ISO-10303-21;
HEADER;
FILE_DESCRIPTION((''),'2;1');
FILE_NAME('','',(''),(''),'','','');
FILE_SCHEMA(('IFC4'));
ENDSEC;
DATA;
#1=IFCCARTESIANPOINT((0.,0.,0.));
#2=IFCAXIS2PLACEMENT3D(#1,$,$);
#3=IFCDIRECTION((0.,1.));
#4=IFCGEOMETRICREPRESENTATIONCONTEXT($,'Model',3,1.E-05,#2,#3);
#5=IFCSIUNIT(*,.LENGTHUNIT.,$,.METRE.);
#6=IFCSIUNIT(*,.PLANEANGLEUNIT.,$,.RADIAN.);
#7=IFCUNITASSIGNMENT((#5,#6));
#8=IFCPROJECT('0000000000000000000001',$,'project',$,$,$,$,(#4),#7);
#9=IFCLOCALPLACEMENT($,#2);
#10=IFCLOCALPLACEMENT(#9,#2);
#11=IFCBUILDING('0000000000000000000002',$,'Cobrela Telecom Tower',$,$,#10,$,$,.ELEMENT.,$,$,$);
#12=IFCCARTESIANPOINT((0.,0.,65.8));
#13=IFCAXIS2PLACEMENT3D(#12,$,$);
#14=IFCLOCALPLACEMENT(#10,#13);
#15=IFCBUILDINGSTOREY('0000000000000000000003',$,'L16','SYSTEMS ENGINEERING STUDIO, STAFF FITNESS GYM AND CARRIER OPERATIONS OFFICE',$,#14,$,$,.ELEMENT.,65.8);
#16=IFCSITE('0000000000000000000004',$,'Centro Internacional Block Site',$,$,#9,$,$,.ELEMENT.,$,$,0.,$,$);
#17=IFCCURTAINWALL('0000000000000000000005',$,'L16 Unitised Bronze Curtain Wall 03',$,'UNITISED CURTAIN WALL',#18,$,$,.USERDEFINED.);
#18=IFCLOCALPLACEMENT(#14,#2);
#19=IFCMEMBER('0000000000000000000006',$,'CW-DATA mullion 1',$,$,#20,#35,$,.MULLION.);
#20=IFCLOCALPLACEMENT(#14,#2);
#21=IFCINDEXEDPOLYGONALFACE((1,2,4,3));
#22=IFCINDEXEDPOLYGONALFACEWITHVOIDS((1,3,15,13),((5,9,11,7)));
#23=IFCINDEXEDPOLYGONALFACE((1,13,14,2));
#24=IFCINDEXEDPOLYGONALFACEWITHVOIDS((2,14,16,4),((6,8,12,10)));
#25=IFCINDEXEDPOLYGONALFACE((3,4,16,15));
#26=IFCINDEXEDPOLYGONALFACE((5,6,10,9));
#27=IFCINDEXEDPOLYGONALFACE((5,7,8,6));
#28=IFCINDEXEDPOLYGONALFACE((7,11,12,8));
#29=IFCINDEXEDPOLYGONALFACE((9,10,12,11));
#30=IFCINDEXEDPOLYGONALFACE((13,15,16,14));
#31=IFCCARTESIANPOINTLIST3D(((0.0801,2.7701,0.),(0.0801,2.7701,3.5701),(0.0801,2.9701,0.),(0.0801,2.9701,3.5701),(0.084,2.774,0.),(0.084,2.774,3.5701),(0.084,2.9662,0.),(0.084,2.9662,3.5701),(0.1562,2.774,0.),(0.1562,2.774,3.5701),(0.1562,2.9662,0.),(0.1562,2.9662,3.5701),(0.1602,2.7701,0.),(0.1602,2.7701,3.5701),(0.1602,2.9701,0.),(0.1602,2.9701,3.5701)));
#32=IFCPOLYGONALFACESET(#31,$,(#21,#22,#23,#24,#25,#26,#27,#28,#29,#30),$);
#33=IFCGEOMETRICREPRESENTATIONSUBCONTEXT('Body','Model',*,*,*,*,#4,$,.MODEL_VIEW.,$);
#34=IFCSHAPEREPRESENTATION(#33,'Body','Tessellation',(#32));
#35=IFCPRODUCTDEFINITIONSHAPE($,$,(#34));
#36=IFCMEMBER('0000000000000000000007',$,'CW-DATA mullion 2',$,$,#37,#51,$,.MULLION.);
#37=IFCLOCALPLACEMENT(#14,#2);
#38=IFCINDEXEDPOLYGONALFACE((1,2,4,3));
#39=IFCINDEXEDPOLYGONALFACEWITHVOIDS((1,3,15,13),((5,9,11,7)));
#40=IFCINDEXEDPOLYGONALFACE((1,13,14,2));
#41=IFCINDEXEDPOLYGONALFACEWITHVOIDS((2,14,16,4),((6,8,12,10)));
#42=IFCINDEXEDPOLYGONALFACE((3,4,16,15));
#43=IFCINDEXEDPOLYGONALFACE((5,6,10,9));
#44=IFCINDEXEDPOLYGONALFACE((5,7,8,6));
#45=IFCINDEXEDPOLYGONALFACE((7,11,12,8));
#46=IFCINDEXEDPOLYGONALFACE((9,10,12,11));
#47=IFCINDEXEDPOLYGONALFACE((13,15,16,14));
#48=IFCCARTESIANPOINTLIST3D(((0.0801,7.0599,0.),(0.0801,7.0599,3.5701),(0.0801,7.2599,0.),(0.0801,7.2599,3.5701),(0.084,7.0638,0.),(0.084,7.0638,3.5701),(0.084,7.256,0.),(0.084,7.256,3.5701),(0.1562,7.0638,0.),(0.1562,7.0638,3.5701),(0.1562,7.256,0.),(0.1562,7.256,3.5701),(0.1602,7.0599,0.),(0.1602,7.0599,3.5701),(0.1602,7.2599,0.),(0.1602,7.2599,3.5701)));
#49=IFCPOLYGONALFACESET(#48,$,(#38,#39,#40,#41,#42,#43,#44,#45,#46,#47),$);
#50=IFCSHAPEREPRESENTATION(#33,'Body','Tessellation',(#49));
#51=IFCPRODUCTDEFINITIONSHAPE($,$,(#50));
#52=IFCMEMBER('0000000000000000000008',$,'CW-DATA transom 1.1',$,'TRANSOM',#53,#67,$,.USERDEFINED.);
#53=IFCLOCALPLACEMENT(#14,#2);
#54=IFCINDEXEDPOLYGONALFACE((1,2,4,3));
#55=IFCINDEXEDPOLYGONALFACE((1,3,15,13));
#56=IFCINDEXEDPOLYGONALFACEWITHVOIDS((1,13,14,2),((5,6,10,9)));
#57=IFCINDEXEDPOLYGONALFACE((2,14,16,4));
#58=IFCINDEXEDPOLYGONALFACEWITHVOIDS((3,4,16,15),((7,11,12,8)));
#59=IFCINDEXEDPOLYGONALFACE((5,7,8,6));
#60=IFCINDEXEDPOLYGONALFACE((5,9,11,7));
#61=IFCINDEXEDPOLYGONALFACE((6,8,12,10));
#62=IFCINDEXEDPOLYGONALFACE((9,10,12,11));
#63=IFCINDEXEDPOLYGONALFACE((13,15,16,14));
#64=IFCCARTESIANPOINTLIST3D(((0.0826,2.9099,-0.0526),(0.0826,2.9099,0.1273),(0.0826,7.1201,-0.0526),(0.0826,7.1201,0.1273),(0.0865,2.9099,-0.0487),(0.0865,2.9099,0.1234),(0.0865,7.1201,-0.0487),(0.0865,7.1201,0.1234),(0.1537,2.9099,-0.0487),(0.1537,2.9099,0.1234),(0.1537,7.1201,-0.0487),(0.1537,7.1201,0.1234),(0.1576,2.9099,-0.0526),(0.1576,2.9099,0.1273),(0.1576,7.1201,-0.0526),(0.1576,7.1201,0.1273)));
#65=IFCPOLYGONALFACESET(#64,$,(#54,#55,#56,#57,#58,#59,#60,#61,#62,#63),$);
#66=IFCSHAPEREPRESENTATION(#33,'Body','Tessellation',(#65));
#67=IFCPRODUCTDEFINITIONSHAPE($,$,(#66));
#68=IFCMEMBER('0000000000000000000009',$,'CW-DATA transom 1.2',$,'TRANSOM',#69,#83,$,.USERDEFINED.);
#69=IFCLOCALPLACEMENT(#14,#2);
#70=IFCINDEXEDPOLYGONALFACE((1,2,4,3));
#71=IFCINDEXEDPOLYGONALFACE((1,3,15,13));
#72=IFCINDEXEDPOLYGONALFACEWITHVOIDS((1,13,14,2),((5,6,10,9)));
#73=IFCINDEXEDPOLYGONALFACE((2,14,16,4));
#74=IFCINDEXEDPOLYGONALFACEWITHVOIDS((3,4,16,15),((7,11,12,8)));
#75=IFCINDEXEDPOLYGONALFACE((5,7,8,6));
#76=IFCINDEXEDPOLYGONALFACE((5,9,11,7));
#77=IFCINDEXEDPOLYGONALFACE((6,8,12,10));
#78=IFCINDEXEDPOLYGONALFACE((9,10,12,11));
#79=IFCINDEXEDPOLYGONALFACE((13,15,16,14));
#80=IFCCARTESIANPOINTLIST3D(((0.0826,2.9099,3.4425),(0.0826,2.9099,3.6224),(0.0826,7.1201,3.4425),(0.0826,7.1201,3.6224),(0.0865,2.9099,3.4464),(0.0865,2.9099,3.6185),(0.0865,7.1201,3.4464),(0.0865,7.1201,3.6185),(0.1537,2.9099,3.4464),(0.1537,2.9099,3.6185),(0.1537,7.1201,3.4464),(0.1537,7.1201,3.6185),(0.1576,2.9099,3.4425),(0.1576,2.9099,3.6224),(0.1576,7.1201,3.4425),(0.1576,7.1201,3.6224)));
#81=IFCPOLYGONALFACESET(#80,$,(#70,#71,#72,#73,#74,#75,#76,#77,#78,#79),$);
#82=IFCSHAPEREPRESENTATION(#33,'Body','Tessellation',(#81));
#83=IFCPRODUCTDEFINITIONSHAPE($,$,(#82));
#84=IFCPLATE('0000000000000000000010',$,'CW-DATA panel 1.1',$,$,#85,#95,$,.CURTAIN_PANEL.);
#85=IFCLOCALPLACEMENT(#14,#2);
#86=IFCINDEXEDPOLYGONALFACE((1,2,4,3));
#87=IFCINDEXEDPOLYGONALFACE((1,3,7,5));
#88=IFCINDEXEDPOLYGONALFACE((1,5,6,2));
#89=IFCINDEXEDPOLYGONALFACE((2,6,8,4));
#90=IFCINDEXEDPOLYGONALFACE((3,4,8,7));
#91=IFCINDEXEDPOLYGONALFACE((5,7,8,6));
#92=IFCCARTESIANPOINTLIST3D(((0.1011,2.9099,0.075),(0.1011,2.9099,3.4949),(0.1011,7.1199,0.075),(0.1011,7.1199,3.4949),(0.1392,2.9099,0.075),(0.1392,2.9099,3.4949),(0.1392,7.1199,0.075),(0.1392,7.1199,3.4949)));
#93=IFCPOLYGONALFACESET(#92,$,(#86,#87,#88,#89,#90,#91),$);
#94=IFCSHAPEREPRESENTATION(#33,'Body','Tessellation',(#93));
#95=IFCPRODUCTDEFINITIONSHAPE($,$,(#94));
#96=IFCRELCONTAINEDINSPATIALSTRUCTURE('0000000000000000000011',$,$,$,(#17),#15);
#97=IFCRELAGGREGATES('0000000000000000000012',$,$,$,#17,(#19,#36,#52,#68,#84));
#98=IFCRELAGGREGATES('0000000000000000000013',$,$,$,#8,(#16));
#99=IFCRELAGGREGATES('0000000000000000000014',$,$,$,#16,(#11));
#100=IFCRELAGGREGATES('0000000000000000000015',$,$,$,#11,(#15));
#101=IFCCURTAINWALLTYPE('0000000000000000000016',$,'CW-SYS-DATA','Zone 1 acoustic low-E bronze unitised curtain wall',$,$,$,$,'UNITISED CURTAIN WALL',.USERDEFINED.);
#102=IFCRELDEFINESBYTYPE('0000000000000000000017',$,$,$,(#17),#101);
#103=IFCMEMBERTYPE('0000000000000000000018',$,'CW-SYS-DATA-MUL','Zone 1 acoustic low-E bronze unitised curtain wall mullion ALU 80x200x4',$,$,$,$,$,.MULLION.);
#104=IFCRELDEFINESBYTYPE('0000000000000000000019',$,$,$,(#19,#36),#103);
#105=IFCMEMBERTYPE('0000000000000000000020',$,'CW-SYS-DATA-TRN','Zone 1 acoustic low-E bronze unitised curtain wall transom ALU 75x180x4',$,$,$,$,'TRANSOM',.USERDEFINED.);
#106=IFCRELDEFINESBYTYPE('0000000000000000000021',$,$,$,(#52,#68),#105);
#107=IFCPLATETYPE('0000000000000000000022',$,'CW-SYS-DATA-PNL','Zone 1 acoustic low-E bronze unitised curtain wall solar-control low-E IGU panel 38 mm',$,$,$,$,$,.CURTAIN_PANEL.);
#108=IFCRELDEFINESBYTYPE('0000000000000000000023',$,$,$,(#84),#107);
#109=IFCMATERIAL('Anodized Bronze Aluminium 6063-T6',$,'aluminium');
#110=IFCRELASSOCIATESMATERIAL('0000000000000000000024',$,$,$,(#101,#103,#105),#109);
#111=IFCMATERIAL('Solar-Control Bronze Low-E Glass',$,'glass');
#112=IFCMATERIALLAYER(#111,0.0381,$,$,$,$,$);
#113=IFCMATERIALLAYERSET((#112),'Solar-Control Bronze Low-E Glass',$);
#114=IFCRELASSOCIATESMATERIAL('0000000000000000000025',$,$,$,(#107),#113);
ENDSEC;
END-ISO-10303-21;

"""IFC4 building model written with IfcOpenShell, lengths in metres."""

from ifc_helpers import new_model, si_unit, direction, frame, origin, origin_2d, place, context, subcontext, project, spatial, rectangle, hollow_rectangle, extrude, material, layer, layer_set, material_profile, profile_set, type_object, element, aggregate, save


model = new_model("IFC4")

# Units and contexts
model_context = context("Model", 3, precision=1e-05, world=origin(), true_north=direction((0.0, 1.0)))
body_context = subcontext(model_context, "Body", "Model", "MODEL_VIEW")
ifc_project = project(units=[si_unit("LENGTHUNIT", "METRE"), si_unit("PLANEANGLEUNIT", "RADIAN")], contexts=[model_context])

# Site, building, storey
site_placement = place(None, origin())
site = spatial("IfcSite", under=ifc_project, at=site_placement, Name="Centro Internacional Block Site", CompositionType="ELEMENT", RefElevation=0.0)
building_placement = place(site_placement, origin())
building = spatial("IfcBuilding", under=site, at=building_placement, Name="Cobrela Telecom Tower", CompositionType="ELEMENT")
storey_placement = place(building_placement, frame((0.0, 0.0, 65.8)))
storey = spatial("IfcBuildingStorey", under=building, at=storey_placement, Name="L16", Description="SYSTEMS ENGINEERING STUDIO, STAFF FITNESS GYM AND CARRIER OPERATIONS OFFICE", CompositionType="ELEMENT", Elevation=65.8)

# Curtain wall, members, plate
ifc_material_1 = material(Name="Anodized Bronze Aluminium 6063-T6", Category="aluminium")
curtain_wall_type = type_object("IfcCurtainWallType", Name="CW-SYS-DATA", Description="Zone 1 acoustic low-E bronze unitised curtain wall", ElementType="UNITISED CURTAIN WALL", PredefinedType="USERDEFINED", material=ifc_material_1)
curtain_wall_placement = place(storey_placement, origin())
curtain_wall = element("IfcCurtainWall", 1, at=curtain_wall_placement, inside=storey, type_object=curtain_wall_type, Name="L16 Unitised Bronze Curtain Wall 03", ObjectType="UNITISED CURTAIN WALL", PredefinedType="USERDEFINED")
ifc_material_profile_1 = material_profile(ifc_material_1, hollow_rectangle(XDim=0.0801, YDim=0.2, WallThickness=0.0039, at=origin_2d()), Name="ALU 80x200x4")
ifc_profile_set_1 = profile_set([ifc_material_profile_1], Name="Anodized Bronze Aluminium 6063-T6")
member_type_1 = type_object("IfcMemberType", Name="CW-SYS-DATA-MUL", Description="Zone 1 acoustic low-E bronze unitised curtain wall mullion ALU 80x200x4", PredefinedType="MULLION", material=ifc_profile_set_1)
member_1_placement = place(storey_placement, frame((0.1201, 2.8701, 0.0), z_axis=(0.0, 0.0, 1.0), x_axis=(-1.0, 0.0, 0.0)))
member_1 = element("IfcMember", 2, at=member_1_placement, type_object=member_type_1, Name="CW-DATA mullion 1", PredefinedType="MULLION", context=body_context, shape_type="SweptSolid", body=[
    extrude(hollow_rectangle(XDim=0.0801, YDim=0.2, WallThickness=0.0039, at=origin_2d()), origin(), (0.0, 0.0, 1.0), 3.5701),
])
member_2_placement = place(storey_placement, frame((0.1201, 7.1599, 0.0), z_axis=(0.0, 0.0, 1.0), x_axis=(-1.0, 0.0, 0.0)))
member_2 = element("IfcMember", 3, at=member_2_placement, type_object=member_type_1, Name="CW-DATA mullion 2", PredefinedType="MULLION", context=body_context, shape_type="SweptSolid", body=[
    extrude(hollow_rectangle(XDim=0.0801, YDim=0.2, WallThickness=0.0039, at=origin_2d()), origin(), (0.0, 0.0, 1.0), 3.5701),
])
ifc_material_profile_2 = material_profile(ifc_material_1, hollow_rectangle(XDim=0.075, YDim=0.1799, WallThickness=0.0039, at=origin_2d()), Name="ALU 75x180x4")
ifc_profile_set_2 = profile_set([ifc_material_profile_2], Name="Anodized Bronze Aluminium 6063-T6")
member_type_2 = type_object("IfcMemberType", Name="CW-SYS-DATA-TRN", Description="Zone 1 acoustic low-E bronze unitised curtain wall transom ALU 75x180x4", ElementType="TRANSOM", PredefinedType="USERDEFINED", material=ifc_profile_set_2)
member_3_placement = place(storey_placement, frame((0.1201, 2.9099, 0.0374), z_axis=(0.0, 1.0, 0.0), x_axis=(-1.0, 0.0, 0.0)))
member_3 = element("IfcMember", 4, at=member_3_placement, type_object=member_type_2, Name="CW-DATA transom 1.1", ObjectType="TRANSOM", PredefinedType="USERDEFINED", context=body_context, shape_type="SweptSolid", body=[
    extrude(hollow_rectangle(XDim=0.075, YDim=0.1799, WallThickness=0.0039, at=origin_2d()), origin(), (0.0, 0.0, 1.0), 4.2102),
])
member_4_placement = place(storey_placement, frame((0.1201, 2.9099, 3.5325), z_axis=(0.0, 1.0, 0.0), x_axis=(-1.0, 0.0, 0.0)))
member_4 = element("IfcMember", 5, at=member_4_placement, type_object=member_type_2, Name="CW-DATA transom 1.2", ObjectType="TRANSOM", PredefinedType="USERDEFINED", context=body_context, shape_type="SweptSolid", body=[
    extrude(hollow_rectangle(XDim=0.075, YDim=0.1799, WallThickness=0.0039, at=origin_2d()), origin(), (0.0, 0.0, 1.0), 4.2102),
])
ifc_material_2 = material(Name="Solar-Control Bronze Low-E Glass", Category="glass")
ifc_layer_1 = layer(ifc_material_2, 0.0381)
ifc_layer_set_1 = layer_set([ifc_layer_1], Name="Solar-Control Bronze Low-E Glass")
plate_type = type_object("IfcPlateType", Name="CW-SYS-DATA-PNL", Description="Zone 1 acoustic low-E bronze unitised curtain wall solar-control low-E IGU panel 38 mm", PredefinedType="CURTAIN_PANEL", material=ifc_layer_set_1)
plate_placement = place(storey_placement, frame((0.1201, 5.0149, 0.075), z_axis=(0.0, 0.0, 1.0), x_axis=(0.0, 1.0, 0.0)))
plate = element("IfcPlate", 6, at=plate_placement, type_object=plate_type, Name="CW-DATA panel 1.1", PredefinedType="CURTAIN_PANEL", context=body_context, shape_type="SweptSolid", body=[
    extrude(rectangle(XDim=4.21, YDim=0.0381, at=origin_2d()), origin(), (0.0, 0.0, 1.0), 3.4199),
])
aggregate(curtain_wall, [member_1, member_2, member_3, member_4, plate])

save(model, "model.ifc")
